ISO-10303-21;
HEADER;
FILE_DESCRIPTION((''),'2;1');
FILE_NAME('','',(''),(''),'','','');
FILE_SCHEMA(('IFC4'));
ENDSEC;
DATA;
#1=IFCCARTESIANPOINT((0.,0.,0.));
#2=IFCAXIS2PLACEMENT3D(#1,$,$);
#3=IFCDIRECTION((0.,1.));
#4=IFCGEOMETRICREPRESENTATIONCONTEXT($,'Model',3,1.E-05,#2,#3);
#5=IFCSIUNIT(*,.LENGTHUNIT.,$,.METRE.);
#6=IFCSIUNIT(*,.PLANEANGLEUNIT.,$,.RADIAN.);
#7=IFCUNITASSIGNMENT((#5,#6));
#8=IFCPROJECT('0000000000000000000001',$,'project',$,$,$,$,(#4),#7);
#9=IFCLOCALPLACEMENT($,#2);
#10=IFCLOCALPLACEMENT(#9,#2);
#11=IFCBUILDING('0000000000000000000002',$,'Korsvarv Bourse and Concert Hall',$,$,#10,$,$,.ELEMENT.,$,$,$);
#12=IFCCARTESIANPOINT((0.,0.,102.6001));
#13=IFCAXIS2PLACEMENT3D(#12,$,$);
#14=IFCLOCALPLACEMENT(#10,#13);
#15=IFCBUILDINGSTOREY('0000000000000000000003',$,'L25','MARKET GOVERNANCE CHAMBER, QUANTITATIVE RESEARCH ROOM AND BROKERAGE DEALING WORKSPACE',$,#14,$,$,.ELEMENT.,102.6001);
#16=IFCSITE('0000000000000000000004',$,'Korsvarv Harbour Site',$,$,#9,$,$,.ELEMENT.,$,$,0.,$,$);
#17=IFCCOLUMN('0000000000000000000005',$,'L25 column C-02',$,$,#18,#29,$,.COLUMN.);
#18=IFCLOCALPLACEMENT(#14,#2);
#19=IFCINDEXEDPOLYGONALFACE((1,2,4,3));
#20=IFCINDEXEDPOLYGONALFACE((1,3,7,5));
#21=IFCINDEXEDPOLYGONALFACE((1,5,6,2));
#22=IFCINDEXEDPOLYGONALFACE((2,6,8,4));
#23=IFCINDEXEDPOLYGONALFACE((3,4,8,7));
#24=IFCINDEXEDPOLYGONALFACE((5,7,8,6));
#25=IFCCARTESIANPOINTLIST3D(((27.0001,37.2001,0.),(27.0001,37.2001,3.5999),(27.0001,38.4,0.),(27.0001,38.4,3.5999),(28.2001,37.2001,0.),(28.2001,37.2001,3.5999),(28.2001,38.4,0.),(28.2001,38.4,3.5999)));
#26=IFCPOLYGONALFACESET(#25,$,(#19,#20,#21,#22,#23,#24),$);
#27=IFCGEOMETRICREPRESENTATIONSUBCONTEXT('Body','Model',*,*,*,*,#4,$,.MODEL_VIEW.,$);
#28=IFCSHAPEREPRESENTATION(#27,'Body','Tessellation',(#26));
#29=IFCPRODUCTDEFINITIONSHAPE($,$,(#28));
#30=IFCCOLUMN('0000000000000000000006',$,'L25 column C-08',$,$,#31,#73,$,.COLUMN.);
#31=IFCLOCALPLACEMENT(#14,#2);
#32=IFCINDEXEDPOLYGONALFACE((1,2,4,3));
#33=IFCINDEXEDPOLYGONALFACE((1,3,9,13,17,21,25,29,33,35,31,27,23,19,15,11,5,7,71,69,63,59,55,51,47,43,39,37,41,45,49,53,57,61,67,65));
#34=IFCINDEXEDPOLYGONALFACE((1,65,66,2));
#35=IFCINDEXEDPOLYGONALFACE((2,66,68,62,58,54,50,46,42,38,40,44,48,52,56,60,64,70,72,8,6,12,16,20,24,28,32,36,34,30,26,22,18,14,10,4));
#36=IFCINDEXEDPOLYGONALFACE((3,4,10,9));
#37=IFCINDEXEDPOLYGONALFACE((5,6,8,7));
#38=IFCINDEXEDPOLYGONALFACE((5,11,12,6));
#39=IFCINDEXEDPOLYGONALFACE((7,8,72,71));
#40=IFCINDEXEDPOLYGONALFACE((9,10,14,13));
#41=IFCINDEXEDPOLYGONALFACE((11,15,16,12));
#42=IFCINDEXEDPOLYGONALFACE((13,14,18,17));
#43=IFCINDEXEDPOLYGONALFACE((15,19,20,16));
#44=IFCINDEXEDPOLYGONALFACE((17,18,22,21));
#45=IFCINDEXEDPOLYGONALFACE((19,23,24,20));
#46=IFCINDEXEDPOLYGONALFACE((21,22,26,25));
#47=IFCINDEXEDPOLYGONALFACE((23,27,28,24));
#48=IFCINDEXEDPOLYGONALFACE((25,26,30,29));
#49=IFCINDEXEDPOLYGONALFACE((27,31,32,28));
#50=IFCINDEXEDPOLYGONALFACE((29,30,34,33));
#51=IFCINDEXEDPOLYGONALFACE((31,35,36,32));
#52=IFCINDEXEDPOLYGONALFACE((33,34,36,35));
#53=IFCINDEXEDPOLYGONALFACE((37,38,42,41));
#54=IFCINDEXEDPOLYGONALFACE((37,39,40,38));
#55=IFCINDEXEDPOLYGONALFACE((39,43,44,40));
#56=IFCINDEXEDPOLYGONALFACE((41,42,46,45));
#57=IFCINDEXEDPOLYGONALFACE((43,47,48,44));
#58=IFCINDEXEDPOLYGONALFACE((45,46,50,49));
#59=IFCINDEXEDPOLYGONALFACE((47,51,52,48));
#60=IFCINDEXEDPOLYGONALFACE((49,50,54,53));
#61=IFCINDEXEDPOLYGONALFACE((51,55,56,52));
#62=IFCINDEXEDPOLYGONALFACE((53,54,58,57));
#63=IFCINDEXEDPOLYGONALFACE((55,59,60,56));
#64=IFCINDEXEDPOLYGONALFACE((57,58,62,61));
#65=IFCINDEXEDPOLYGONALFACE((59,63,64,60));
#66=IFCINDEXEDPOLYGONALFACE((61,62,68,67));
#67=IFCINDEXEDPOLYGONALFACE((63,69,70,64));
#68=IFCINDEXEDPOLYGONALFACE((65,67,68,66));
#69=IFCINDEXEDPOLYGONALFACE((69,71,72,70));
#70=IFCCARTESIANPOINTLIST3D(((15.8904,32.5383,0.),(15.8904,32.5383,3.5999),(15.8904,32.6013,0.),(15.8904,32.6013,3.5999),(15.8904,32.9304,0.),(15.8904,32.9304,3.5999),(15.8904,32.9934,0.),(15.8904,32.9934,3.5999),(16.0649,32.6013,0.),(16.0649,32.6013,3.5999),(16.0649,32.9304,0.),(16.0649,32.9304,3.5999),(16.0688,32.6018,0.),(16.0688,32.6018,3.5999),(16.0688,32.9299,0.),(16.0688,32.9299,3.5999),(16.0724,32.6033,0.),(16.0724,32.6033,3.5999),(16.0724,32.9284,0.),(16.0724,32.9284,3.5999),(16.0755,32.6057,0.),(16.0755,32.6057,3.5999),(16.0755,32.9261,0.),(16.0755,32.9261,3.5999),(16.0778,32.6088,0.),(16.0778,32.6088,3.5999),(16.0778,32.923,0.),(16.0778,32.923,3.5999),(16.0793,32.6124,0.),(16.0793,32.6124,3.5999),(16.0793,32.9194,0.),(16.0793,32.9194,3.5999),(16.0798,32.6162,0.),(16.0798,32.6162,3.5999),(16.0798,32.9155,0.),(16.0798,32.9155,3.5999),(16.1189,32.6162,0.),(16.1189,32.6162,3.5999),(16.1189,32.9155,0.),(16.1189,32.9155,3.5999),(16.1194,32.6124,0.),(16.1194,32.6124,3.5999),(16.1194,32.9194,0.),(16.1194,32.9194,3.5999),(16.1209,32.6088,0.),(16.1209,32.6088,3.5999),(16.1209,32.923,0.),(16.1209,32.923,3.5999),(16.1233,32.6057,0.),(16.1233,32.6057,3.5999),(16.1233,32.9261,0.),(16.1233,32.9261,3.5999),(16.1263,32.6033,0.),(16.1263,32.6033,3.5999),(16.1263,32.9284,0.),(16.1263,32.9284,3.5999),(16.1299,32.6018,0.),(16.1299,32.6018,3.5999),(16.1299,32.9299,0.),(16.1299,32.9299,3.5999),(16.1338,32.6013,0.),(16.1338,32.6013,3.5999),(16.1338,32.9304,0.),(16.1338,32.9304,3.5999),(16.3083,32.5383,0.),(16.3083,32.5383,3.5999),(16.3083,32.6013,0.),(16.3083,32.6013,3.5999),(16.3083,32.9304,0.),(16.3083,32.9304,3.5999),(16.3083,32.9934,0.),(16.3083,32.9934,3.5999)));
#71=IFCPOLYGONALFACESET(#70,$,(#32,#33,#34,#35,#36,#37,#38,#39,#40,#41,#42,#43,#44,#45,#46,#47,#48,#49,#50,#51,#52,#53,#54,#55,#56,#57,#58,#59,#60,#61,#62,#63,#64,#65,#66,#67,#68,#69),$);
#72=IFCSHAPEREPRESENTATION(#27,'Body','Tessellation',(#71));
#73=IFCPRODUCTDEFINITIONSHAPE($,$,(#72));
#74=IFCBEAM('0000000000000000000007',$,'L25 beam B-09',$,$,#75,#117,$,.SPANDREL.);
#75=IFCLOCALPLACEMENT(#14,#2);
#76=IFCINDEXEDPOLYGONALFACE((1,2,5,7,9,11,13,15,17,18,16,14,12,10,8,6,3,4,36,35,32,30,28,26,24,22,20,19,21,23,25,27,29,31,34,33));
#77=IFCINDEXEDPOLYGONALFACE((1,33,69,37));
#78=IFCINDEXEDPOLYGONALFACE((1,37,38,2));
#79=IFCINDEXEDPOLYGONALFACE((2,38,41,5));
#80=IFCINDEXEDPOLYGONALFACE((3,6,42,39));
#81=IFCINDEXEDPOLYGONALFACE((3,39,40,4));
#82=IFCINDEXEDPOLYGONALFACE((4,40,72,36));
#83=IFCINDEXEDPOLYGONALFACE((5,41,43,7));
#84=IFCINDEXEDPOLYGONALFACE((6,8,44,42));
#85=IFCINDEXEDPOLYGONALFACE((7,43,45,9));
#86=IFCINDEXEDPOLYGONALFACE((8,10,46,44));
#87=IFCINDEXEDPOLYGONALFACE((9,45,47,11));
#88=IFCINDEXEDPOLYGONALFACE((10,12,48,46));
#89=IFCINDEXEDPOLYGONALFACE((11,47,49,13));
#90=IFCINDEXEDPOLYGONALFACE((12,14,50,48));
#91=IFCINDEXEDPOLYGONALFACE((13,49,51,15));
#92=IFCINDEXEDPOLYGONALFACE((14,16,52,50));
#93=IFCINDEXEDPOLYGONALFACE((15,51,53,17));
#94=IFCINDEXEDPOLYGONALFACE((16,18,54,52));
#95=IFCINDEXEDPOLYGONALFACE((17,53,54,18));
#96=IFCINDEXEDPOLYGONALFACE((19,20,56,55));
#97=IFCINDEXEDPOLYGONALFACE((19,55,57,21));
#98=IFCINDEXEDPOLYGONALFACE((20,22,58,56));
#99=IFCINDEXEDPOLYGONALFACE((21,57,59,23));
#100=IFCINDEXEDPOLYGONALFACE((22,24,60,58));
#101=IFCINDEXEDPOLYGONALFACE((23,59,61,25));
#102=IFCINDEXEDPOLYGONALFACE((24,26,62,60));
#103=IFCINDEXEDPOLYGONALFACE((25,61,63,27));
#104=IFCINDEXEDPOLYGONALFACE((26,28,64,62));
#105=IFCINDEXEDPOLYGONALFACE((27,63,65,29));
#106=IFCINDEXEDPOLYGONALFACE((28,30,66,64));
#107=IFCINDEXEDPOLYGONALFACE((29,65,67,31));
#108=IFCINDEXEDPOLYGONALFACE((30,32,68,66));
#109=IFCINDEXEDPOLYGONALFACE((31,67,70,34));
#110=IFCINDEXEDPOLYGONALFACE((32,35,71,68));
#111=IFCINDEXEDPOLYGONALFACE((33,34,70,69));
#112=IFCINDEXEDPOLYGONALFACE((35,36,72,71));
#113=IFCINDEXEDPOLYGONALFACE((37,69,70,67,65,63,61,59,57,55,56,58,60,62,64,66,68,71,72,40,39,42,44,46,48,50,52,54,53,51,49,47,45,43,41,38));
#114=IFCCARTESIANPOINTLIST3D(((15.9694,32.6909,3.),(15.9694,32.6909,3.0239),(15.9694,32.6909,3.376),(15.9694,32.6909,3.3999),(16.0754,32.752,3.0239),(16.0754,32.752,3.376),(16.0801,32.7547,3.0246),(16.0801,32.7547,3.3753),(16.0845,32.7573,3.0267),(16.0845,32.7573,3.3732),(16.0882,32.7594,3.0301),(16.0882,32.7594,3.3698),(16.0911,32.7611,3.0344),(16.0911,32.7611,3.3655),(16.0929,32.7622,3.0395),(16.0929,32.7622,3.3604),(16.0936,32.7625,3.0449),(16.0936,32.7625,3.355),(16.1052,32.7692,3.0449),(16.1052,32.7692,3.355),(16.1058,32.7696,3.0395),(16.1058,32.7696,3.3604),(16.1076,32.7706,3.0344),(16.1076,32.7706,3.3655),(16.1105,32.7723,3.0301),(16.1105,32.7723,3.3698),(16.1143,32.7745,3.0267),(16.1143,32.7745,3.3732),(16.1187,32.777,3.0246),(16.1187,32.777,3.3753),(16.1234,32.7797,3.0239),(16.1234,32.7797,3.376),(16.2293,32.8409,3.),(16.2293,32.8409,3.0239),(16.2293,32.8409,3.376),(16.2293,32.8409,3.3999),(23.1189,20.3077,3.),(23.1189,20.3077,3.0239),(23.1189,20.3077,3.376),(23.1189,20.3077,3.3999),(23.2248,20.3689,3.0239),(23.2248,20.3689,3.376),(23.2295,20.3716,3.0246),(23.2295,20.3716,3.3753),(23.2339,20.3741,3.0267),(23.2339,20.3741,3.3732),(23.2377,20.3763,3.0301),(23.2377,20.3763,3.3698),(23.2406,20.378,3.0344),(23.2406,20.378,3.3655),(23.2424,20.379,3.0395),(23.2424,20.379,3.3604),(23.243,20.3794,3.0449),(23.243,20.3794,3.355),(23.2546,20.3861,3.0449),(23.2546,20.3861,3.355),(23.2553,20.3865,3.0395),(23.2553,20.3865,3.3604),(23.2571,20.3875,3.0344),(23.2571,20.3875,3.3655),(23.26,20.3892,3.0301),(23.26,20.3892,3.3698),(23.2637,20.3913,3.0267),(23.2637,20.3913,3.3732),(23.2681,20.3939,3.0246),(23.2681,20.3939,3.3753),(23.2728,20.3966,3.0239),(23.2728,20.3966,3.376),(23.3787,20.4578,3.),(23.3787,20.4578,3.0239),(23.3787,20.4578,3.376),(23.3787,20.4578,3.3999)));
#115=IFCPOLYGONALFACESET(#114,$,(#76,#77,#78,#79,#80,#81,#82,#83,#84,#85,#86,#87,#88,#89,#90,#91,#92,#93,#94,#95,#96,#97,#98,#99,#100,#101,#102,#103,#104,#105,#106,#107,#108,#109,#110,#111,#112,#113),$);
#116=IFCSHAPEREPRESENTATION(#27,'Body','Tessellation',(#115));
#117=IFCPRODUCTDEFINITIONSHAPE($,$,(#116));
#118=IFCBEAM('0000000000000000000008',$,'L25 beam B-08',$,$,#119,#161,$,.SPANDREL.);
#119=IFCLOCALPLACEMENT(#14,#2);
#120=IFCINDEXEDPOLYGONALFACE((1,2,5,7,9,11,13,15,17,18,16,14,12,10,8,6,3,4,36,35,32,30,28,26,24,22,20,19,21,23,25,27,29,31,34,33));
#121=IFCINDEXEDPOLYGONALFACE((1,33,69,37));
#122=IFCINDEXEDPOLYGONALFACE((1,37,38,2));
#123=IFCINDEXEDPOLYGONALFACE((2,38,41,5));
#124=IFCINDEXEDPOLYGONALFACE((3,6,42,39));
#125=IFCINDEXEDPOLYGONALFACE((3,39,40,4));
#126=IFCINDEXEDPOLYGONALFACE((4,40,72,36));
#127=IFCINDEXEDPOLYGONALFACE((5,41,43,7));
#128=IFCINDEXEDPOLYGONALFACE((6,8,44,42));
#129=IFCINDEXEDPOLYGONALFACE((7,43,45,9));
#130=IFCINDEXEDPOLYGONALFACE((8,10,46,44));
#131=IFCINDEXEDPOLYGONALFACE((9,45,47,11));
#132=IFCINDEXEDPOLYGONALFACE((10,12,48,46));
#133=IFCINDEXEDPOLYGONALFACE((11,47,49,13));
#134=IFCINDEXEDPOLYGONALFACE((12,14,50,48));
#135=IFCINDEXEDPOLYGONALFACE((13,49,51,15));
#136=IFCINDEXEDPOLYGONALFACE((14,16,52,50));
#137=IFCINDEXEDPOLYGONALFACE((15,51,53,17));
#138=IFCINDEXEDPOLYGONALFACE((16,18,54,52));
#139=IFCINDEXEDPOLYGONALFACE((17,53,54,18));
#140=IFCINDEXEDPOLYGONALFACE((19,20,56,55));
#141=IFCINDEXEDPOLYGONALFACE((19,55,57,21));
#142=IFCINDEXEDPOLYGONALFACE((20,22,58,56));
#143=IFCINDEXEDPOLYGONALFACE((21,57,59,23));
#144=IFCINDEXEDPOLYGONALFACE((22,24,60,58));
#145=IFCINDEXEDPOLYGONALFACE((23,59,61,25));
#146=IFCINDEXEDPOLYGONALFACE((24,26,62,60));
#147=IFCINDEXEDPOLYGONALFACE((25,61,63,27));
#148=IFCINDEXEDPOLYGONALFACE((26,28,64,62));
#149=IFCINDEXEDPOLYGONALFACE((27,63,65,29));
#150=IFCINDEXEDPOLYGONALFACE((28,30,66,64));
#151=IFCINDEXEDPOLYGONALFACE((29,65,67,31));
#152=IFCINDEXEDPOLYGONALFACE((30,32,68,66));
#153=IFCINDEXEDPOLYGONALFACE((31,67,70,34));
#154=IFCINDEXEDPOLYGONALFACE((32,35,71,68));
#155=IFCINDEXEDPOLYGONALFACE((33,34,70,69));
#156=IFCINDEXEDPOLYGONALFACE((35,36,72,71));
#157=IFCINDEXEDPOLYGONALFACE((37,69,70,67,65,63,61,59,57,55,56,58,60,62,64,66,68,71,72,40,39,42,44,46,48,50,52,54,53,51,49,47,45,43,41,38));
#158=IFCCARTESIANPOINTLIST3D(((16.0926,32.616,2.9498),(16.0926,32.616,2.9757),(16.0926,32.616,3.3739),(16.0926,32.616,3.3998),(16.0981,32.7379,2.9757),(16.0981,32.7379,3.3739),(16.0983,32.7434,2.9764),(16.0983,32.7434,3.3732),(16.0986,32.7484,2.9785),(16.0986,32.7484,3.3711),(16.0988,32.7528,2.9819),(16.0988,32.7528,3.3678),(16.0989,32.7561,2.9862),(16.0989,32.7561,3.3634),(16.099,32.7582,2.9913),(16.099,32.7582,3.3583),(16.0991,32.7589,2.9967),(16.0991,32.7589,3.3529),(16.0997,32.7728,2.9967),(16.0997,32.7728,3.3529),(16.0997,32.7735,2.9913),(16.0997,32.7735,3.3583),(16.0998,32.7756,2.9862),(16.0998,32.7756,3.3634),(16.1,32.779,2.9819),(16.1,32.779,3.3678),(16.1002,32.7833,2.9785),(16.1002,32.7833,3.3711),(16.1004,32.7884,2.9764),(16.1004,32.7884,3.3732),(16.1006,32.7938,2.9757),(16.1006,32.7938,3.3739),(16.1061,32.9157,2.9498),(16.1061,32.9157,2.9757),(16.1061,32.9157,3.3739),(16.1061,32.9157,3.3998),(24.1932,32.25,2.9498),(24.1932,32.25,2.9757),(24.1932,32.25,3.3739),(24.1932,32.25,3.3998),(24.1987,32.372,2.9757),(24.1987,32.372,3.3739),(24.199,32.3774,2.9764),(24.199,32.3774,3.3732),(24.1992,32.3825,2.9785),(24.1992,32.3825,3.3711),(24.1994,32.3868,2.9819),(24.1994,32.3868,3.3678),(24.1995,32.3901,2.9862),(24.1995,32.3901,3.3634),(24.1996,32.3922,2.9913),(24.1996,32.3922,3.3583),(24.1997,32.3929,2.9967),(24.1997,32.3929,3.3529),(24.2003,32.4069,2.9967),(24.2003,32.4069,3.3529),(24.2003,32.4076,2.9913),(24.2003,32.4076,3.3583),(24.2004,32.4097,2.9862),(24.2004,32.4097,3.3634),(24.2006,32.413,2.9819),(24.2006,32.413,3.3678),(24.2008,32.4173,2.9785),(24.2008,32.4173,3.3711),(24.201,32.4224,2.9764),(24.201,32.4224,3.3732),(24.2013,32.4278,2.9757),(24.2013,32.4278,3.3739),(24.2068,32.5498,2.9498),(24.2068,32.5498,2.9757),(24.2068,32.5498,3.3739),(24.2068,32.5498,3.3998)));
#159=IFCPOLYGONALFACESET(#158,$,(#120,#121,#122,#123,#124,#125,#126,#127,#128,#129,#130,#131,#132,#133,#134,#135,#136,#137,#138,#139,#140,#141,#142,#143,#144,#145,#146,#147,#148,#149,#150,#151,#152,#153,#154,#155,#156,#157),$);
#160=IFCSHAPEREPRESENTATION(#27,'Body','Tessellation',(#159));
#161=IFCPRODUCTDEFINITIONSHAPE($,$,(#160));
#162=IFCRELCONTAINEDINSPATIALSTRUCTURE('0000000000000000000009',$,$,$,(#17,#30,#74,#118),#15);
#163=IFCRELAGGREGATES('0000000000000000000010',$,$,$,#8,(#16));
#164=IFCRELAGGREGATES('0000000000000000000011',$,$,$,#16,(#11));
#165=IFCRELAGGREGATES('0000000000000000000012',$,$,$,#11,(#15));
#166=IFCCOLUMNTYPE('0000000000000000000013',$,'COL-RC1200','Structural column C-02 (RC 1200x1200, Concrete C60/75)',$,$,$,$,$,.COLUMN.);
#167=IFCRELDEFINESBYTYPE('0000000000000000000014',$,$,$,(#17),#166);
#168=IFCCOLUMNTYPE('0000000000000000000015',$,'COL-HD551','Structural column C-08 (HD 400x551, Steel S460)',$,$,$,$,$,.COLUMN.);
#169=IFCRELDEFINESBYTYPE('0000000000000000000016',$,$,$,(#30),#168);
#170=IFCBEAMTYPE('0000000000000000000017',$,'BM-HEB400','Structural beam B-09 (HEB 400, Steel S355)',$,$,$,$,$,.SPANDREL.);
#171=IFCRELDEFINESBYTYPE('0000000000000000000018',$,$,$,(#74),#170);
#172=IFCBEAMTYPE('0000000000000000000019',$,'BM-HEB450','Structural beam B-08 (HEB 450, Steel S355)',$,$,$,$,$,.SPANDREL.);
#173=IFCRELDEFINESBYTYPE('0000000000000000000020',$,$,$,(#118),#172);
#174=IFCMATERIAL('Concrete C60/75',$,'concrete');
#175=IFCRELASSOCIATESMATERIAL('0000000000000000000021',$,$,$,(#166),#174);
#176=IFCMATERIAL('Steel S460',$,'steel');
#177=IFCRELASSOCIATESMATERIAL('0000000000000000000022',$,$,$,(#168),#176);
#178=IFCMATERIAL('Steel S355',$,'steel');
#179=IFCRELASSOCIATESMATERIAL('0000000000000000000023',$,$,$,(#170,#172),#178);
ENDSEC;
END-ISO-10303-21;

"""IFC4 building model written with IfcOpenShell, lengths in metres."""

from ifc_helpers import new_model, si_unit, direction, frame, origin, origin_2d, place, context, subcontext, project, spatial, rectangle, i_section, extrude, source, transform, mapped, material, material_profile, profile_set, type_object, element, save


model = new_model("IFC4")

# Units and contexts
model_context = context("Model", 3, precision=1e-05, world=origin(), true_north=direction((0.0, 1.0)))
body_context = subcontext(model_context, "Body", "Model", "MODEL_VIEW")
ifc_project = project(units=[si_unit("LENGTHUNIT", "METRE"), si_unit("PLANEANGLEUNIT", "RADIAN")], contexts=[model_context])

# Site, building, storey
site_placement = place(None, origin())
site = spatial("IfcSite", under=ifc_project, at=site_placement, Name="Korsvarv Harbour Site", CompositionType="ELEMENT", RefElevation=0.0)
building_placement = place(site_placement, origin())
building = spatial("IfcBuilding", under=site, at=building_placement, Name="Korsvarv Bourse and Concert Hall", CompositionType="ELEMENT")
storey_placement = place(building_placement, frame((0.0, 0.0, 102.6001)))
storey = spatial("IfcBuildingStorey", under=building, at=storey_placement, Name="L25", Description="MARKET GOVERNANCE CHAMBER, QUANTITATIVE RESEARCH ROOM AND BROKERAGE DEALING WORKSPACE", CompositionType="ELEMENT", Elevation=102.6001)

# Columns
ifc_material_1 = material(Name="Concrete C60/75", Category="concrete")
ifc_material_profile_1 = material_profile(ifc_material_1, rectangle(XDim=1.2, YDim=1.2, at=origin_2d()), Name="RC 1200x1200")
ifc_profile_set_1 = profile_set([ifc_material_profile_1], Name="Concrete C60/75")
column_type_1 = type_object("IfcColumnType", Name="COL-RC1200", Description="Structural column C-02 (RC 1200x1200, Concrete C60/75)", PredefinedType="COLUMN", material=ifc_profile_set_1)
shared_shape_1 = source(origin(), body_context, "Body", "SweptSolid", [
    extrude(rectangle(XDim=1.2, YDim=1.2, at=origin_2d()), origin(), (0.0, 0.0, 1.0), 3.5999),
])
column_1_placement = place(storey_placement, frame((27.6001, 37.8, 0.0), z_axis=(0.0, 0.0, 1.0), x_axis=(1.0, 0.0, 0.0)))
element("IfcColumn", 1, at=column_1_placement, inside=storey, type_object=column_type_1, Name="L25 column C-02", PredefinedType="COLUMN", context=body_context, shape_type="MappedRepresentation", body=[
    mapped(shared_shape_1, transform((0.0, 0.0, 0.0), scale=1.0)),
])
ifc_material_2 = material(Name="Steel S460", Category="steel")
ifc_material_profile_2 = material_profile(ifc_material_2, i_section(OverallWidth=0.418, OverallDepth=0.4551, WebThickness=0.0391, FlangeThickness=0.063, FilletRadius=0.0149, at=origin_2d()), Name="HD 400x551")
ifc_profile_set_2 = profile_set([ifc_material_profile_2], Name="Steel S460")
column_type_2 = type_object("IfcColumnType", Name="COL-HD551", Description="Structural column C-08 (HD 400x551, Steel S460)", PredefinedType="COLUMN", material=ifc_profile_set_2)
shared_shape_2 = source(origin(), body_context, "Body", "SweptSolid", [
    extrude(i_section(OverallWidth=0.418, OverallDepth=0.4551, WebThickness=0.0391, FlangeThickness=0.063, FilletRadius=0.0149, at=origin_2d()), origin(), (0.0, 0.0, 1.0), 3.5999),
])
column_2_placement = place(storey_placement, frame((16.0994, 32.7659, 0.0), z_axis=(0.0, 0.0, 1.0), x_axis=(1.0, 0.0, 0.0)))
element("IfcColumn", 2, at=column_2_placement, inside=storey, type_object=column_type_2, Name="L25 column C-08", PredefinedType="COLUMN", context=body_context, shape_type="MappedRepresentation", body=[
    mapped(shared_shape_2, transform((0.0, 0.0, 0.0), scale=1.0)),
])

# Beams
ifc_material_3 = material(Name="Steel S355", Category="steel")
ifc_material_profile_3 = material_profile(ifc_material_3, i_section(OverallWidth=0.3, OverallDepth=0.3999, WebThickness=0.0134, FlangeThickness=0.0239, FilletRadius=0.021, at=origin_2d()), Name="HEB 400")
ifc_profile_set_3 = profile_set([ifc_material_profile_3], Name="Steel S355")
beam_type_1 = type_object("IfcBeamType", Name="BM-HEB400", Description="Structural beam B-09 (HEB 400, Steel S355)", PredefinedType="SPANDREL", material=ifc_profile_set_3)
shared_shape_3 = source(origin(), body_context, "Body", "SweptSolid", [
    extrude(i_section(OverallWidth=0.3, OverallDepth=0.3999, WebThickness=0.0134, FlangeThickness=0.0239, FilletRadius=0.021, at=origin_2d()), origin(), (0.0, 0.0, 1.0), 14.2988),
])
beam_1_placement = place(storey_placement, frame((16.0994, 32.7659, 3.2), z_axis=(0.500003, -0.866024, 0.0), x_axis=(0.866024, 0.500003, 0.0)))
element("IfcBeam", 3, at=beam_1_placement, inside=storey, type_object=beam_type_1, Name="L25 beam B-09", PredefinedType="SPANDREL", context=body_context, shape_type="MappedRepresentation", body=[
    mapped(shared_shape_3, transform((0.0, 0.0, 0.0), scale=1.0)),
])
ifc_material_profile_4 = material_profile(ifc_material_3, i_section(OverallWidth=0.3, OverallDepth=0.45, WebThickness=0.0139, FlangeThickness=0.0259, FilletRadius=0.021, at=origin_2d()), Name="HEB 450")
ifc_profile_set_4 = profile_set([ifc_material_profile_4], Name="Steel S355")
beam_type_2 = type_object("IfcBeamType", Name="BM-HEB450", Description="Structural beam B-08 (HEB 450, Steel S355)", PredefinedType="SPANDREL", material=ifc_profile_set_4)
shared_shape_4 = source(origin(), body_context, "Body", "SweptSolid", [
    extrude(i_section(OverallWidth=0.3, OverallDepth=0.45, WebThickness=0.0139, FlangeThickness=0.0259, FilletRadius=0.021, at=origin_2d()), origin(), (0.0, 0.0, 1.0), 8.1089),
])
beam_2_placement = place(storey_placement, frame((16.0994, 32.7659, 3.1748), z_axis=(0.998981, -0.045132, 0.0), x_axis=(0.045132, 0.998981, 0.0)))
element("IfcBeam", 4, at=beam_2_placement, inside=storey, type_object=beam_type_2, Name="L25 beam B-08", PredefinedType="SPANDREL", context=body_context, shape_type="MappedRepresentation", body=[
    mapped(shared_shape_4, transform((0.0, 0.0, 0.0), scale=1.0)),
])

save(model, "model.ifc")
